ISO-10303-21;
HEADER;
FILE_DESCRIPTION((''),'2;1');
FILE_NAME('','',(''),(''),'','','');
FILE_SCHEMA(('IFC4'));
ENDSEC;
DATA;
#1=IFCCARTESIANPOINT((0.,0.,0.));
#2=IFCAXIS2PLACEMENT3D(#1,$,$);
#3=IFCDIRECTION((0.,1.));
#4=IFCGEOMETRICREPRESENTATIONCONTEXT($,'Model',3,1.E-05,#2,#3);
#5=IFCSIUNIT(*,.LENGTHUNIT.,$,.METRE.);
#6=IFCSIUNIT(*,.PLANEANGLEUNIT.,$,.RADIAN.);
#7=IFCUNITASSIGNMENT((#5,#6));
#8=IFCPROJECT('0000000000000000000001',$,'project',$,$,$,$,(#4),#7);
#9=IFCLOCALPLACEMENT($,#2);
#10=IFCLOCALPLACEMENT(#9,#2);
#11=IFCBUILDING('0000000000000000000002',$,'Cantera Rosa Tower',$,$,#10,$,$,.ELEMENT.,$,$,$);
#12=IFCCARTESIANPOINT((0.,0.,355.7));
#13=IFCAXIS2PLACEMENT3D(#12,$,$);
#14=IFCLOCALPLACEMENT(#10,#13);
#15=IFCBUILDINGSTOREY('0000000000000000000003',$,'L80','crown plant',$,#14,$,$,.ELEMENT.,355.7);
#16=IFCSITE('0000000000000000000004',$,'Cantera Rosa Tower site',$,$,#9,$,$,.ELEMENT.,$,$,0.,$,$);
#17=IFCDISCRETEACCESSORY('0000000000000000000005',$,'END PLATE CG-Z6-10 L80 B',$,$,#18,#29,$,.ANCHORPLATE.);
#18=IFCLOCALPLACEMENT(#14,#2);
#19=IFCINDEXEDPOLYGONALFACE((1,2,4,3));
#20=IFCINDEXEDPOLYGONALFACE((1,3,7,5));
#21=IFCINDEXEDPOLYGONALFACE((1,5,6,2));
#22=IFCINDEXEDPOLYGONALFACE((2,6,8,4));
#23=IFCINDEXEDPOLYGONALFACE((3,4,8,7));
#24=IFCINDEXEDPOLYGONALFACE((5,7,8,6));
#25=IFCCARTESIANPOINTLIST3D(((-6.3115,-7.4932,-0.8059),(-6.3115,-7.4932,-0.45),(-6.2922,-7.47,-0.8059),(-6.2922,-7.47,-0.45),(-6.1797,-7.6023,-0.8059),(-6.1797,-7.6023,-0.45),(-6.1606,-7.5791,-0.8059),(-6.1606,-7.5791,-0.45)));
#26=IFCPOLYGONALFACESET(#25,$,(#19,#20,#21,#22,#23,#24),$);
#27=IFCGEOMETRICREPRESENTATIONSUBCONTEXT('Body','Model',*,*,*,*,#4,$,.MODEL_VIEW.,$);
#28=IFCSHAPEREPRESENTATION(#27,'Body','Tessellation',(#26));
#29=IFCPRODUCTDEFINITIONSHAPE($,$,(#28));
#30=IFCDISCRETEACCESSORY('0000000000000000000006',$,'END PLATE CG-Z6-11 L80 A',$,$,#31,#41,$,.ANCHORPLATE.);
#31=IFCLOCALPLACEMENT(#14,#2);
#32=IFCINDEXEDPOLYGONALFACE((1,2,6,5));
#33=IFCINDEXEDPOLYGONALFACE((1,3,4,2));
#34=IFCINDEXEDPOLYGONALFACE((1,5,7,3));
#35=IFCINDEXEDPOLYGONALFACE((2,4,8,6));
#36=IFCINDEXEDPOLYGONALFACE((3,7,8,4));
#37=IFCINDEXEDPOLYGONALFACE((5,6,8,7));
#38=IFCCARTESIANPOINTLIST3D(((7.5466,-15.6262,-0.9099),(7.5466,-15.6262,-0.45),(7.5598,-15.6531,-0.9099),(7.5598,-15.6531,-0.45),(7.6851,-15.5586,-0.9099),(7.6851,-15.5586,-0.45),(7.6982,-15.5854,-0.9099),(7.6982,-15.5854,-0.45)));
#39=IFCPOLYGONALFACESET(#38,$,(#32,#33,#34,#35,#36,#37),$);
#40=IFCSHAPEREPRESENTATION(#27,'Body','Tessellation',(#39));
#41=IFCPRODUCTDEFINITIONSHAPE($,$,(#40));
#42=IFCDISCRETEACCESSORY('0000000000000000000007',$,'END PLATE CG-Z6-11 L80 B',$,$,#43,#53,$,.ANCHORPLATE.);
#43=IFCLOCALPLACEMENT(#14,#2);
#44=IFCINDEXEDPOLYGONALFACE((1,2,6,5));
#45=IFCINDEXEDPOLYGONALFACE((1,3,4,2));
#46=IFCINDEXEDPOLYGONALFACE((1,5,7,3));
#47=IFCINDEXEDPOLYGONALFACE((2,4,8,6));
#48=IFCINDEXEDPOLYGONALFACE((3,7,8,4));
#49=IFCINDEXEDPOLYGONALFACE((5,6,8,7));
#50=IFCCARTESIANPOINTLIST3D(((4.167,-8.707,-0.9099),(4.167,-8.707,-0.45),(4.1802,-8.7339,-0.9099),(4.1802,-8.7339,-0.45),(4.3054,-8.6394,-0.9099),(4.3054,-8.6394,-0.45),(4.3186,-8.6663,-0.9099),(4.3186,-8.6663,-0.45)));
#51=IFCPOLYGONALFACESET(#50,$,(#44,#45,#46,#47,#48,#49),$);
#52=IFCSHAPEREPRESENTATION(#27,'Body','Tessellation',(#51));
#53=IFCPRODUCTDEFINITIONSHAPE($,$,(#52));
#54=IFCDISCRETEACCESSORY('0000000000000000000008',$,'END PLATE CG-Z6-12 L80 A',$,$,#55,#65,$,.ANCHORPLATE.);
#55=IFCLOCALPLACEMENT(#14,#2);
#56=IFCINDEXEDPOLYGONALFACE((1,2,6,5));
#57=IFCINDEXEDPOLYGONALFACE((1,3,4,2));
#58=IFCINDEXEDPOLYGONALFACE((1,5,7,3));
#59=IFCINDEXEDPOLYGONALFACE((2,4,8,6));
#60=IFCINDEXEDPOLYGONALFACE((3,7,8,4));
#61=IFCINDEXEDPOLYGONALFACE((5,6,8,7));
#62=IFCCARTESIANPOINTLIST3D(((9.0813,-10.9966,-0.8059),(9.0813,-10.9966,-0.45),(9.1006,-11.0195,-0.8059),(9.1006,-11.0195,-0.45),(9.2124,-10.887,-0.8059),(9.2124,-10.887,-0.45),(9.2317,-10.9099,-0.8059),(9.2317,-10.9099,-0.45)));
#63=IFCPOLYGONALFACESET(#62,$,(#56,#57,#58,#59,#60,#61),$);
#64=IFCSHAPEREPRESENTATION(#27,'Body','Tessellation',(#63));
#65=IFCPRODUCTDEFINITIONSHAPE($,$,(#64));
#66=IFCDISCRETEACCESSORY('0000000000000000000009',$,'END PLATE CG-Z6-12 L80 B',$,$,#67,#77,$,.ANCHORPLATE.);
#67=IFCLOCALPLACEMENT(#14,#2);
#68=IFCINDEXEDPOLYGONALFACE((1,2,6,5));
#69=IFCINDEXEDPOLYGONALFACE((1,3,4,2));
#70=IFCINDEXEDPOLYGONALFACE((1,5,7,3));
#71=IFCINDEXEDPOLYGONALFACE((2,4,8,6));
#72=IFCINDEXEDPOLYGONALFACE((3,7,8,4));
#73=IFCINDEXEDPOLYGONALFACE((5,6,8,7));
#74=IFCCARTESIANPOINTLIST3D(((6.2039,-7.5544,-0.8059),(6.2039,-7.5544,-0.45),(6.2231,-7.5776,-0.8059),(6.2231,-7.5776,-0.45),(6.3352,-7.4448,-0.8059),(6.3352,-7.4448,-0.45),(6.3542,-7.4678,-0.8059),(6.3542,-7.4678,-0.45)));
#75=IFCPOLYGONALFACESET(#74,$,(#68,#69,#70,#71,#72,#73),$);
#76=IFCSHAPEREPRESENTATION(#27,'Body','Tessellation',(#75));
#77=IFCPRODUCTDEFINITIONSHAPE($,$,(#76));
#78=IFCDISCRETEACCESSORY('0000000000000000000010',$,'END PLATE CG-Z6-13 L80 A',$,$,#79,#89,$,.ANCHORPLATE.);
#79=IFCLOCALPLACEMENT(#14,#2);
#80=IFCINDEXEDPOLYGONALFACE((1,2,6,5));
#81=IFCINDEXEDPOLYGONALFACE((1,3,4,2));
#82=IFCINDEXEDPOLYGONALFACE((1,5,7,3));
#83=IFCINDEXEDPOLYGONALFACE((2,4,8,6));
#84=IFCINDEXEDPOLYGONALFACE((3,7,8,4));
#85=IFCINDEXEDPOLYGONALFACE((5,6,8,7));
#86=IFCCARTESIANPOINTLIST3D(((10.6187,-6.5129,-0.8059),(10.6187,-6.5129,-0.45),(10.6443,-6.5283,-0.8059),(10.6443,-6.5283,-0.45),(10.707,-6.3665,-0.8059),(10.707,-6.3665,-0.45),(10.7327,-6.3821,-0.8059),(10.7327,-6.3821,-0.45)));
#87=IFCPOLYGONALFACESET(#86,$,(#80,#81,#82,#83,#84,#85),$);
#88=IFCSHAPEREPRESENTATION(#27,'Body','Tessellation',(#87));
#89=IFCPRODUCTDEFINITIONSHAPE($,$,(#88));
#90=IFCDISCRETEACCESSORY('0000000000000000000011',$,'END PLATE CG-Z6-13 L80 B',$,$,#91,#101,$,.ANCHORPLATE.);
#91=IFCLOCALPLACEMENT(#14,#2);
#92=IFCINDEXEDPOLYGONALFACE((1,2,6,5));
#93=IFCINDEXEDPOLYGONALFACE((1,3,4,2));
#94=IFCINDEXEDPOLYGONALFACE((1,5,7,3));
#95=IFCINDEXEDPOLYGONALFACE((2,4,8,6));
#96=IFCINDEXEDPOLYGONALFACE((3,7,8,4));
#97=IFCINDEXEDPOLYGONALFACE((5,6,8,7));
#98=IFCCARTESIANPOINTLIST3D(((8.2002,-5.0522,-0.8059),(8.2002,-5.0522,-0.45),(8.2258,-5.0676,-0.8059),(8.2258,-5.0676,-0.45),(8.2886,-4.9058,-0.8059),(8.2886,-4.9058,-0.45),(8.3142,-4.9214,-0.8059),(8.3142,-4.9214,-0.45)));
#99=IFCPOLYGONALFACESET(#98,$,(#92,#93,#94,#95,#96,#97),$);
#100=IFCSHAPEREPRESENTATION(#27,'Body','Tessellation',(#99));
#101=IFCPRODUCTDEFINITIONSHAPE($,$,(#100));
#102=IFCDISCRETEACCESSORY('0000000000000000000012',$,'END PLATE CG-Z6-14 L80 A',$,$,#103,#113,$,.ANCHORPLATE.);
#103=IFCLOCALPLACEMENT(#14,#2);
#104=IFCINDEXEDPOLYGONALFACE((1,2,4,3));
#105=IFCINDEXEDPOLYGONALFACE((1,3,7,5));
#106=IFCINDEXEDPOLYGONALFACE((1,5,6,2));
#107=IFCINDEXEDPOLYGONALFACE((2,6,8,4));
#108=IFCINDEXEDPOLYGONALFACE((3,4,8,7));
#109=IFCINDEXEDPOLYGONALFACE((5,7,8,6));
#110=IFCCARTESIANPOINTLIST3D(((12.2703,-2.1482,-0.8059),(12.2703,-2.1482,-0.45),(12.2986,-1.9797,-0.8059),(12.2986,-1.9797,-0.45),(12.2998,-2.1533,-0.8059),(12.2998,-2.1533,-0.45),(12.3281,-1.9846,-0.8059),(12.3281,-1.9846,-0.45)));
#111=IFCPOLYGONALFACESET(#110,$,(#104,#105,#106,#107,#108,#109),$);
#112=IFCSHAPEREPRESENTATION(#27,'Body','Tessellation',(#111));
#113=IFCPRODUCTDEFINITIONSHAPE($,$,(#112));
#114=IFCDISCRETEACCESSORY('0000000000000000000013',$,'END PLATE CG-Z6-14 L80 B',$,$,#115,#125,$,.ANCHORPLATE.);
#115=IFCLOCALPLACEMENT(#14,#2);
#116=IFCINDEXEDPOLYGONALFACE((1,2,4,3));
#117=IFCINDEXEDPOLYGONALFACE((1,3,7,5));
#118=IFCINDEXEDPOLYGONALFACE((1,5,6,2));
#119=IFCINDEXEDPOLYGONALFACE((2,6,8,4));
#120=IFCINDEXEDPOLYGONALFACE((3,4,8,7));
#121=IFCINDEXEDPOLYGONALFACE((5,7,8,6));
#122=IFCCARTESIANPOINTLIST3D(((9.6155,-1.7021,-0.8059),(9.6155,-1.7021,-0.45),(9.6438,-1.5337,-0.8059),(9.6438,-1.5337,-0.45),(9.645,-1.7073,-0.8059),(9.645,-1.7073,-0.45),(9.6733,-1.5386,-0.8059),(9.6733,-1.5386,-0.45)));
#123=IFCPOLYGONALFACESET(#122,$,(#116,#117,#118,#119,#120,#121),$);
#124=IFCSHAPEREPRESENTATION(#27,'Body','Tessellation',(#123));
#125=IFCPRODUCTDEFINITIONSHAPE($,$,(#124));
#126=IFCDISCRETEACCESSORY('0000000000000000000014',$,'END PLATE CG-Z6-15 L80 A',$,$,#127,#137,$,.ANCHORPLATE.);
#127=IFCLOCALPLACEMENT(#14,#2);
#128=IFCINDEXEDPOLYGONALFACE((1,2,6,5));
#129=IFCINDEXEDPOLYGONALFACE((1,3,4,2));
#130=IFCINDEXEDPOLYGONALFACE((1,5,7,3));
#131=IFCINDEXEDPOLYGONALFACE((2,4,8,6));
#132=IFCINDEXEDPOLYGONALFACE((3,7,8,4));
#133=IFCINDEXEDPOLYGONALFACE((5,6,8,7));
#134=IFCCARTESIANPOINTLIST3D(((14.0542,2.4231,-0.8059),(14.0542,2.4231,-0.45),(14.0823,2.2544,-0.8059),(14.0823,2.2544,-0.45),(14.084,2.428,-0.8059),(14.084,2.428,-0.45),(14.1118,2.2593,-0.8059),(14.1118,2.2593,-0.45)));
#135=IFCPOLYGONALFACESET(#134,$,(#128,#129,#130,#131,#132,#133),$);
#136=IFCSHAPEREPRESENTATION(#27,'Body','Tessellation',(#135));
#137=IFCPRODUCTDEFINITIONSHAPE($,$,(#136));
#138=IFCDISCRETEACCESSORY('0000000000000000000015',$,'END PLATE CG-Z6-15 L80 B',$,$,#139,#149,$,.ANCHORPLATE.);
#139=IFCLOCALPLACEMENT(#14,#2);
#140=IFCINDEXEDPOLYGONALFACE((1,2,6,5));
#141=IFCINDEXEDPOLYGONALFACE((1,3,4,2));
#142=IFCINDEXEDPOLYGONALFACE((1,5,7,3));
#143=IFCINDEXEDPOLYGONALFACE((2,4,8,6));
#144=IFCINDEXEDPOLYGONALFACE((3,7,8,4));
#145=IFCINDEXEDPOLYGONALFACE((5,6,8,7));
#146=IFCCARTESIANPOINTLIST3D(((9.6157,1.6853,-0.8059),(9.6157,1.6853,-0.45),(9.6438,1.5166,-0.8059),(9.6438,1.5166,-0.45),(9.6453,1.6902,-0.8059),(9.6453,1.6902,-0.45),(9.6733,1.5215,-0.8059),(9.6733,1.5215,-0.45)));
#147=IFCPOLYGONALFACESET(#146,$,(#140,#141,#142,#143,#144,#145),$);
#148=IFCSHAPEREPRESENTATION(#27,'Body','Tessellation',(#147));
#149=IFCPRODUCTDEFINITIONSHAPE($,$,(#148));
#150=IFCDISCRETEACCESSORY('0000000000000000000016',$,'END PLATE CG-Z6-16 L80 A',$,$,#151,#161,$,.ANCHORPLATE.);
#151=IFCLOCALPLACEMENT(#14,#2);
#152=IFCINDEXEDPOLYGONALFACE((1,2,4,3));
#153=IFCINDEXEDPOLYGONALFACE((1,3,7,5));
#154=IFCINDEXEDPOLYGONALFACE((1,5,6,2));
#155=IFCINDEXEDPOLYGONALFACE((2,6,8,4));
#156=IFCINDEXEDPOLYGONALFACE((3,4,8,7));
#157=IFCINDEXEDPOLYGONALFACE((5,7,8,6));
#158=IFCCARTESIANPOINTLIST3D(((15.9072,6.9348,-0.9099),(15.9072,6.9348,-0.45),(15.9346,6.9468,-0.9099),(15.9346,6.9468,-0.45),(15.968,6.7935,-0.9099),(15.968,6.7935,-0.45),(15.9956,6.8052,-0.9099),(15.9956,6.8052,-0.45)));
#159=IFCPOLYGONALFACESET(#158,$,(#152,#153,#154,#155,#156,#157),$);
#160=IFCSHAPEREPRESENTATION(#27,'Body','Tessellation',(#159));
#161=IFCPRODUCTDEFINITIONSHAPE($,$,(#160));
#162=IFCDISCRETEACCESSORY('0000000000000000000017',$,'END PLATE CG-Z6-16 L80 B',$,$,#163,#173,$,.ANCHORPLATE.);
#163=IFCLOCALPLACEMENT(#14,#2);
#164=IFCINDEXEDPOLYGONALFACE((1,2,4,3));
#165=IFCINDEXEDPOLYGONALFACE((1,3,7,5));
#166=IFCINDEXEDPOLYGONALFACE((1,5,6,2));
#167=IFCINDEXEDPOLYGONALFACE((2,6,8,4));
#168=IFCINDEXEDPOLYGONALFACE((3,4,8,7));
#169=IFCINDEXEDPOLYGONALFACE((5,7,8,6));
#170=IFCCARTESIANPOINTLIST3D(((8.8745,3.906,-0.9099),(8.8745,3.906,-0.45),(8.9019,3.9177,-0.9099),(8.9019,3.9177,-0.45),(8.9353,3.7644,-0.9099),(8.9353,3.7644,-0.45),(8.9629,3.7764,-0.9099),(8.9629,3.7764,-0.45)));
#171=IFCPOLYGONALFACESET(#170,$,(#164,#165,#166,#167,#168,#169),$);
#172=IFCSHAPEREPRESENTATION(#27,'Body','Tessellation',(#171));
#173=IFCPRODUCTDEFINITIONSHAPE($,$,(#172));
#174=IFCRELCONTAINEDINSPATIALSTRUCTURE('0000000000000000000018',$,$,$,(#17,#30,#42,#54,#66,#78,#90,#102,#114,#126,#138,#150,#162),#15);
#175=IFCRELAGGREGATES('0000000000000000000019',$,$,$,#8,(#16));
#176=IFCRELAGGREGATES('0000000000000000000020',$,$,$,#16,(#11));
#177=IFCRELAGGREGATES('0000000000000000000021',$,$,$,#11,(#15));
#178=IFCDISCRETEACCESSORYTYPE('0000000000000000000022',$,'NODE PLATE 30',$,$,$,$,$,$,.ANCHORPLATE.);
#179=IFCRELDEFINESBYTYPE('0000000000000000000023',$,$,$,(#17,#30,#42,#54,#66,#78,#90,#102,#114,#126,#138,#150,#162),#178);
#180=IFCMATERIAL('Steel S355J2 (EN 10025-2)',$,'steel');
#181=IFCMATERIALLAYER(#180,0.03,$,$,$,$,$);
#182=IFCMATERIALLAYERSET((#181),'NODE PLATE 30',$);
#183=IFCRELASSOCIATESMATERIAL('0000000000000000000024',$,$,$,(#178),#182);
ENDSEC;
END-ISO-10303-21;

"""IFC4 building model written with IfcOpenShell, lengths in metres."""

from ifc_helpers import new_model, si_unit, direction, frame, origin, place, context, subcontext, project, spatial, polyline, outline, extrude, material, layer, layer_set, type_object, element, save


model = new_model("IFC4")

# Units and contexts
model_context = context("Model", 3, precision=1e-05, world=origin(), true_north=direction((0.0, 1.0)))
body_context = subcontext(model_context, "Body", "Model", "MODEL_VIEW")
ifc_project = project(units=[si_unit("LENGTHUNIT", "METRE"), si_unit("PLANEANGLEUNIT", "RADIAN")], contexts=[model_context])

# Site, building, storey
site_placement = place(None, origin())
site = spatial("IfcSite", under=ifc_project, at=site_placement, Name="Cantera Rosa Tower site", CompositionType="ELEMENT", RefElevation=0.0)
building_placement = place(site_placement, origin())
building = spatial("IfcBuilding", under=site, at=building_placement, Name="Cantera Rosa Tower", CompositionType="ELEMENT")
storey_placement = place(building_placement, frame((0.0, 0.0, 355.7)))
storey = spatial("IfcBuildingStorey", under=building, at=storey_placement, Name="L80", Description="crown plant", CompositionType="ELEMENT", Elevation=355.7)

# Discrete accessories
ifc_material_1 = material(Name="Steel S355J2 (EN 10025-2)", Category="steel")
ifc_layer_1 = layer(ifc_material_1, 0.03)
ifc_layer_set_1 = layer_set([ifc_layer_1], Name="NODE PLATE 30")
discrete_accessory_type = type_object("IfcDiscreteAccessoryType", Name="NODE PLATE 30", PredefinedType="ANCHORPLATE", material=ifc_layer_set_1)
discrete_accessory_1_placement = place(storey_placement, frame((0.0, 0.0, -0.8059)))
element("IfcDiscreteAccessory", 1, at=discrete_accessory_1_placement, inside=storey, type_object=discrete_accessory_type, Name="END PLATE CG-Z6-10 L80 B", PredefinedType="ANCHORPLATE", context=body_context, shape_type="SweptSolid", body=[
    extrude(outline(polyline([(-6.3115, -7.4932), (-6.2922, -7.47), (-6.1606, -7.5791), (-6.1797, -7.6023), (-6.3115, -7.4932)])), origin(), (0.0, 0.0, 1.0), 0.356),
])
discrete_accessory_2_placement = place(storey_placement, frame((0.0, 0.0, -0.9099)))
element("IfcDiscreteAccessory", 2, at=discrete_accessory_2_placement, inside=storey, type_object=discrete_accessory_type, Name="END PLATE CG-Z6-11 L80 A", PredefinedType="ANCHORPLATE", context=body_context, shape_type="SweptSolid", body=[
    extrude(outline(polyline([(7.6851, -15.5586), (7.6982, -15.5854), (7.5598, -15.6531), (7.5466, -15.6262), (7.6851, -15.5586)])), origin(), (0.0, 0.0, 1.0), 0.46),
])
discrete_accessory_3_placement = place(storey_placement, frame((0.0, 0.0, -0.9099)))
element("IfcDiscreteAccessory", 3, at=discrete_accessory_3_placement, inside=storey, type_object=discrete_accessory_type, Name="END PLATE CG-Z6-11 L80 B", PredefinedType="ANCHORPLATE", context=body_context, shape_type="SweptSolid", body=[
    extrude(outline(polyline([(4.1802, -8.7339), (4.167, -8.707), (4.3054, -8.6394), (4.3186, -8.6663), (4.1802, -8.7339)])), origin(), (0.0, 0.0, 1.0), 0.46),
])
discrete_accessory_4_placement = place(storey_placement, frame((0.0, 0.0, -0.8059)))
element("IfcDiscreteAccessory", 4, at=discrete_accessory_4_placement, inside=storey, type_object=discrete_accessory_type, Name="END PLATE CG-Z6-12 L80 A", PredefinedType="ANCHORPLATE", context=body_context, shape_type="SweptSolid", body=[
    extrude(outline(polyline([(9.2124, -10.887), (9.2317, -10.9099), (9.1006, -11.0195), (9.0813, -10.9966), (9.2124, -10.887)])), origin(), (0.0, 0.0, 1.0), 0.356),
])
discrete_accessory_5_placement = place(storey_placement, frame((0.0, 0.0, -0.8059)))
element("IfcDiscreteAccessory", 5, at=discrete_accessory_5_placement, inside=storey, type_object=discrete_accessory_type, Name="END PLATE CG-Z6-12 L80 B", PredefinedType="ANCHORPLATE", context=body_context, shape_type="SweptSolid", body=[
    extrude(outline(polyline([(6.2231, -7.5776), (6.2039, -7.5544), (6.3352, -7.4448), (6.3542, -7.4678), (6.2231, -7.5776)])), origin(), (0.0, 0.0, 1.0), 0.356),
])
discrete_accessory_6_placement = place(storey_placement, frame((0.0, 0.0, -0.8059)))
element("IfcDiscreteAccessory", 6, at=discrete_accessory_6_placement, inside=storey, type_object=discrete_accessory_type, Name="END PLATE CG-Z6-13 L80 A", PredefinedType="ANCHORPLATE", context=body_context, shape_type="SweptSolid", body=[
    extrude(outline(polyline([(10.707, -6.3665), (10.7327, -6.3821), (10.6443, -6.5283), (10.6187, -6.5129), (10.707, -6.3665)])), origin(), (0.0, 0.0, 1.0), 0.356),
])
discrete_accessory_7_placement = place(storey_placement, frame((0.0, 0.0, -0.8059)))
element("IfcDiscreteAccessory", 7, at=discrete_accessory_7_placement, inside=storey, type_object=discrete_accessory_type, Name="END PLATE CG-Z6-13 L80 B", PredefinedType="ANCHORPLATE", context=body_context, shape_type="SweptSolid", body=[
    extrude(outline(polyline([(8.2258, -5.0676), (8.2002, -5.0522), (8.2886, -4.9058), (8.3142, -4.9214), (8.2258, -5.0676)])), origin(), (0.0, 0.0, 1.0), 0.356),
])
discrete_accessory_8_placement = place(storey_placement, frame((0.0, 0.0, -0.8059)))
element("IfcDiscreteAccessory", 8, at=discrete_accessory_8_placement, inside=storey, type_object=discrete_accessory_type, Name="END PLATE CG-Z6-14 L80 A", PredefinedType="ANCHORPLATE", context=body_context, shape_type="SweptSolid", body=[
    extrude(outline(polyline([(12.2986, -1.9797), (12.3281, -1.9846), (12.2998, -2.1533), (12.2703, -2.1482), (12.2986, -1.9797)])), origin(), (0.0, 0.0, 1.0), 0.356),
])
discrete_accessory_9_placement = place(storey_placement, frame((0.0, 0.0, -0.8059)))
element("IfcDiscreteAccessory", 9, at=discrete_accessory_9_placement, inside=storey, type_object=discrete_accessory_type, Name="END PLATE CG-Z6-14 L80 B", PredefinedType="ANCHORPLATE", context=body_context, shape_type="SweptSolid", body=[
    extrude(outline(polyline([(9.645, -1.7073), (9.6155, -1.7021), (9.6438, -1.5337), (9.6733, -1.5386), (9.645, -1.7073)])), origin(), (0.0, 0.0, 1.0), 0.356),
])
discrete_accessory_10_placement = place(storey_placement, frame((0.0, 0.0, -0.8059)))
element("IfcDiscreteAccessory", 10, at=discrete_accessory_10_placement, inside=storey, type_object=discrete_accessory_type, Name="END PLATE CG-Z6-15 L80 A", PredefinedType="ANCHORPLATE", context=body_context, shape_type="SweptSolid", body=[
    extrude(outline(polyline([(14.0542, 2.4231), (14.084, 2.428), (14.1118, 2.2593), (14.0823, 2.2544), (14.0542, 2.4231)])), origin(), (0.0, 0.0, 1.0), 0.356),
])
discrete_accessory_11_placement = place(storey_placement, frame((0.0, 0.0, -0.8059)))
element("IfcDiscreteAccessory", 11, at=discrete_accessory_11_placement, inside=storey, type_object=discrete_accessory_type, Name="END PLATE CG-Z6-15 L80 B", PredefinedType="ANCHORPLATE", context=body_context, shape_type="SweptSolid", body=[
    extrude(outline(polyline([(9.6733, 1.5215), (9.6438, 1.5166), (9.6157, 1.6853), (9.6453, 1.6902), (9.6733, 1.5215)])), origin(), (0.0, 0.0, 1.0), 0.356),
])
discrete_accessory_12_placement = place(storey_placement, frame((0.0, 0.0, -0.9099)))
element("IfcDiscreteAccessory", 12, at=discrete_accessory_12_placement, inside=storey, type_object=discrete_accessory_type, Name="END PLATE CG-Z6-16 L80 A", PredefinedType="ANCHORPLATE", context=body_context, shape_type="SweptSolid", body=[
    extrude(outline(polyline([(15.9072, 6.9348), (15.9346, 6.9468), (15.9956, 6.8052), (15.968, 6.7935), (15.9072, 6.9348)])), origin(), (0.0, 0.0, 1.0), 0.46),
])
discrete_accessory_13_placement = place(storey_placement, frame((0.0, 0.0, -0.9099)))
element("IfcDiscreteAccessory", 13, at=discrete_accessory_13_placement, inside=storey, type_object=discrete_accessory_type, Name="END PLATE CG-Z6-16 L80 B", PredefinedType="ANCHORPLATE", context=body_context, shape_type="SweptSolid", body=[
    extrude(outline(polyline([(8.9629, 3.7764), (8.9353, 3.7644), (8.8745, 3.906), (8.9019, 3.9177), (8.9629, 3.7764)])), origin(), (0.0, 0.0, 1.0), 0.46),
])

save(model, "model.ifc")
